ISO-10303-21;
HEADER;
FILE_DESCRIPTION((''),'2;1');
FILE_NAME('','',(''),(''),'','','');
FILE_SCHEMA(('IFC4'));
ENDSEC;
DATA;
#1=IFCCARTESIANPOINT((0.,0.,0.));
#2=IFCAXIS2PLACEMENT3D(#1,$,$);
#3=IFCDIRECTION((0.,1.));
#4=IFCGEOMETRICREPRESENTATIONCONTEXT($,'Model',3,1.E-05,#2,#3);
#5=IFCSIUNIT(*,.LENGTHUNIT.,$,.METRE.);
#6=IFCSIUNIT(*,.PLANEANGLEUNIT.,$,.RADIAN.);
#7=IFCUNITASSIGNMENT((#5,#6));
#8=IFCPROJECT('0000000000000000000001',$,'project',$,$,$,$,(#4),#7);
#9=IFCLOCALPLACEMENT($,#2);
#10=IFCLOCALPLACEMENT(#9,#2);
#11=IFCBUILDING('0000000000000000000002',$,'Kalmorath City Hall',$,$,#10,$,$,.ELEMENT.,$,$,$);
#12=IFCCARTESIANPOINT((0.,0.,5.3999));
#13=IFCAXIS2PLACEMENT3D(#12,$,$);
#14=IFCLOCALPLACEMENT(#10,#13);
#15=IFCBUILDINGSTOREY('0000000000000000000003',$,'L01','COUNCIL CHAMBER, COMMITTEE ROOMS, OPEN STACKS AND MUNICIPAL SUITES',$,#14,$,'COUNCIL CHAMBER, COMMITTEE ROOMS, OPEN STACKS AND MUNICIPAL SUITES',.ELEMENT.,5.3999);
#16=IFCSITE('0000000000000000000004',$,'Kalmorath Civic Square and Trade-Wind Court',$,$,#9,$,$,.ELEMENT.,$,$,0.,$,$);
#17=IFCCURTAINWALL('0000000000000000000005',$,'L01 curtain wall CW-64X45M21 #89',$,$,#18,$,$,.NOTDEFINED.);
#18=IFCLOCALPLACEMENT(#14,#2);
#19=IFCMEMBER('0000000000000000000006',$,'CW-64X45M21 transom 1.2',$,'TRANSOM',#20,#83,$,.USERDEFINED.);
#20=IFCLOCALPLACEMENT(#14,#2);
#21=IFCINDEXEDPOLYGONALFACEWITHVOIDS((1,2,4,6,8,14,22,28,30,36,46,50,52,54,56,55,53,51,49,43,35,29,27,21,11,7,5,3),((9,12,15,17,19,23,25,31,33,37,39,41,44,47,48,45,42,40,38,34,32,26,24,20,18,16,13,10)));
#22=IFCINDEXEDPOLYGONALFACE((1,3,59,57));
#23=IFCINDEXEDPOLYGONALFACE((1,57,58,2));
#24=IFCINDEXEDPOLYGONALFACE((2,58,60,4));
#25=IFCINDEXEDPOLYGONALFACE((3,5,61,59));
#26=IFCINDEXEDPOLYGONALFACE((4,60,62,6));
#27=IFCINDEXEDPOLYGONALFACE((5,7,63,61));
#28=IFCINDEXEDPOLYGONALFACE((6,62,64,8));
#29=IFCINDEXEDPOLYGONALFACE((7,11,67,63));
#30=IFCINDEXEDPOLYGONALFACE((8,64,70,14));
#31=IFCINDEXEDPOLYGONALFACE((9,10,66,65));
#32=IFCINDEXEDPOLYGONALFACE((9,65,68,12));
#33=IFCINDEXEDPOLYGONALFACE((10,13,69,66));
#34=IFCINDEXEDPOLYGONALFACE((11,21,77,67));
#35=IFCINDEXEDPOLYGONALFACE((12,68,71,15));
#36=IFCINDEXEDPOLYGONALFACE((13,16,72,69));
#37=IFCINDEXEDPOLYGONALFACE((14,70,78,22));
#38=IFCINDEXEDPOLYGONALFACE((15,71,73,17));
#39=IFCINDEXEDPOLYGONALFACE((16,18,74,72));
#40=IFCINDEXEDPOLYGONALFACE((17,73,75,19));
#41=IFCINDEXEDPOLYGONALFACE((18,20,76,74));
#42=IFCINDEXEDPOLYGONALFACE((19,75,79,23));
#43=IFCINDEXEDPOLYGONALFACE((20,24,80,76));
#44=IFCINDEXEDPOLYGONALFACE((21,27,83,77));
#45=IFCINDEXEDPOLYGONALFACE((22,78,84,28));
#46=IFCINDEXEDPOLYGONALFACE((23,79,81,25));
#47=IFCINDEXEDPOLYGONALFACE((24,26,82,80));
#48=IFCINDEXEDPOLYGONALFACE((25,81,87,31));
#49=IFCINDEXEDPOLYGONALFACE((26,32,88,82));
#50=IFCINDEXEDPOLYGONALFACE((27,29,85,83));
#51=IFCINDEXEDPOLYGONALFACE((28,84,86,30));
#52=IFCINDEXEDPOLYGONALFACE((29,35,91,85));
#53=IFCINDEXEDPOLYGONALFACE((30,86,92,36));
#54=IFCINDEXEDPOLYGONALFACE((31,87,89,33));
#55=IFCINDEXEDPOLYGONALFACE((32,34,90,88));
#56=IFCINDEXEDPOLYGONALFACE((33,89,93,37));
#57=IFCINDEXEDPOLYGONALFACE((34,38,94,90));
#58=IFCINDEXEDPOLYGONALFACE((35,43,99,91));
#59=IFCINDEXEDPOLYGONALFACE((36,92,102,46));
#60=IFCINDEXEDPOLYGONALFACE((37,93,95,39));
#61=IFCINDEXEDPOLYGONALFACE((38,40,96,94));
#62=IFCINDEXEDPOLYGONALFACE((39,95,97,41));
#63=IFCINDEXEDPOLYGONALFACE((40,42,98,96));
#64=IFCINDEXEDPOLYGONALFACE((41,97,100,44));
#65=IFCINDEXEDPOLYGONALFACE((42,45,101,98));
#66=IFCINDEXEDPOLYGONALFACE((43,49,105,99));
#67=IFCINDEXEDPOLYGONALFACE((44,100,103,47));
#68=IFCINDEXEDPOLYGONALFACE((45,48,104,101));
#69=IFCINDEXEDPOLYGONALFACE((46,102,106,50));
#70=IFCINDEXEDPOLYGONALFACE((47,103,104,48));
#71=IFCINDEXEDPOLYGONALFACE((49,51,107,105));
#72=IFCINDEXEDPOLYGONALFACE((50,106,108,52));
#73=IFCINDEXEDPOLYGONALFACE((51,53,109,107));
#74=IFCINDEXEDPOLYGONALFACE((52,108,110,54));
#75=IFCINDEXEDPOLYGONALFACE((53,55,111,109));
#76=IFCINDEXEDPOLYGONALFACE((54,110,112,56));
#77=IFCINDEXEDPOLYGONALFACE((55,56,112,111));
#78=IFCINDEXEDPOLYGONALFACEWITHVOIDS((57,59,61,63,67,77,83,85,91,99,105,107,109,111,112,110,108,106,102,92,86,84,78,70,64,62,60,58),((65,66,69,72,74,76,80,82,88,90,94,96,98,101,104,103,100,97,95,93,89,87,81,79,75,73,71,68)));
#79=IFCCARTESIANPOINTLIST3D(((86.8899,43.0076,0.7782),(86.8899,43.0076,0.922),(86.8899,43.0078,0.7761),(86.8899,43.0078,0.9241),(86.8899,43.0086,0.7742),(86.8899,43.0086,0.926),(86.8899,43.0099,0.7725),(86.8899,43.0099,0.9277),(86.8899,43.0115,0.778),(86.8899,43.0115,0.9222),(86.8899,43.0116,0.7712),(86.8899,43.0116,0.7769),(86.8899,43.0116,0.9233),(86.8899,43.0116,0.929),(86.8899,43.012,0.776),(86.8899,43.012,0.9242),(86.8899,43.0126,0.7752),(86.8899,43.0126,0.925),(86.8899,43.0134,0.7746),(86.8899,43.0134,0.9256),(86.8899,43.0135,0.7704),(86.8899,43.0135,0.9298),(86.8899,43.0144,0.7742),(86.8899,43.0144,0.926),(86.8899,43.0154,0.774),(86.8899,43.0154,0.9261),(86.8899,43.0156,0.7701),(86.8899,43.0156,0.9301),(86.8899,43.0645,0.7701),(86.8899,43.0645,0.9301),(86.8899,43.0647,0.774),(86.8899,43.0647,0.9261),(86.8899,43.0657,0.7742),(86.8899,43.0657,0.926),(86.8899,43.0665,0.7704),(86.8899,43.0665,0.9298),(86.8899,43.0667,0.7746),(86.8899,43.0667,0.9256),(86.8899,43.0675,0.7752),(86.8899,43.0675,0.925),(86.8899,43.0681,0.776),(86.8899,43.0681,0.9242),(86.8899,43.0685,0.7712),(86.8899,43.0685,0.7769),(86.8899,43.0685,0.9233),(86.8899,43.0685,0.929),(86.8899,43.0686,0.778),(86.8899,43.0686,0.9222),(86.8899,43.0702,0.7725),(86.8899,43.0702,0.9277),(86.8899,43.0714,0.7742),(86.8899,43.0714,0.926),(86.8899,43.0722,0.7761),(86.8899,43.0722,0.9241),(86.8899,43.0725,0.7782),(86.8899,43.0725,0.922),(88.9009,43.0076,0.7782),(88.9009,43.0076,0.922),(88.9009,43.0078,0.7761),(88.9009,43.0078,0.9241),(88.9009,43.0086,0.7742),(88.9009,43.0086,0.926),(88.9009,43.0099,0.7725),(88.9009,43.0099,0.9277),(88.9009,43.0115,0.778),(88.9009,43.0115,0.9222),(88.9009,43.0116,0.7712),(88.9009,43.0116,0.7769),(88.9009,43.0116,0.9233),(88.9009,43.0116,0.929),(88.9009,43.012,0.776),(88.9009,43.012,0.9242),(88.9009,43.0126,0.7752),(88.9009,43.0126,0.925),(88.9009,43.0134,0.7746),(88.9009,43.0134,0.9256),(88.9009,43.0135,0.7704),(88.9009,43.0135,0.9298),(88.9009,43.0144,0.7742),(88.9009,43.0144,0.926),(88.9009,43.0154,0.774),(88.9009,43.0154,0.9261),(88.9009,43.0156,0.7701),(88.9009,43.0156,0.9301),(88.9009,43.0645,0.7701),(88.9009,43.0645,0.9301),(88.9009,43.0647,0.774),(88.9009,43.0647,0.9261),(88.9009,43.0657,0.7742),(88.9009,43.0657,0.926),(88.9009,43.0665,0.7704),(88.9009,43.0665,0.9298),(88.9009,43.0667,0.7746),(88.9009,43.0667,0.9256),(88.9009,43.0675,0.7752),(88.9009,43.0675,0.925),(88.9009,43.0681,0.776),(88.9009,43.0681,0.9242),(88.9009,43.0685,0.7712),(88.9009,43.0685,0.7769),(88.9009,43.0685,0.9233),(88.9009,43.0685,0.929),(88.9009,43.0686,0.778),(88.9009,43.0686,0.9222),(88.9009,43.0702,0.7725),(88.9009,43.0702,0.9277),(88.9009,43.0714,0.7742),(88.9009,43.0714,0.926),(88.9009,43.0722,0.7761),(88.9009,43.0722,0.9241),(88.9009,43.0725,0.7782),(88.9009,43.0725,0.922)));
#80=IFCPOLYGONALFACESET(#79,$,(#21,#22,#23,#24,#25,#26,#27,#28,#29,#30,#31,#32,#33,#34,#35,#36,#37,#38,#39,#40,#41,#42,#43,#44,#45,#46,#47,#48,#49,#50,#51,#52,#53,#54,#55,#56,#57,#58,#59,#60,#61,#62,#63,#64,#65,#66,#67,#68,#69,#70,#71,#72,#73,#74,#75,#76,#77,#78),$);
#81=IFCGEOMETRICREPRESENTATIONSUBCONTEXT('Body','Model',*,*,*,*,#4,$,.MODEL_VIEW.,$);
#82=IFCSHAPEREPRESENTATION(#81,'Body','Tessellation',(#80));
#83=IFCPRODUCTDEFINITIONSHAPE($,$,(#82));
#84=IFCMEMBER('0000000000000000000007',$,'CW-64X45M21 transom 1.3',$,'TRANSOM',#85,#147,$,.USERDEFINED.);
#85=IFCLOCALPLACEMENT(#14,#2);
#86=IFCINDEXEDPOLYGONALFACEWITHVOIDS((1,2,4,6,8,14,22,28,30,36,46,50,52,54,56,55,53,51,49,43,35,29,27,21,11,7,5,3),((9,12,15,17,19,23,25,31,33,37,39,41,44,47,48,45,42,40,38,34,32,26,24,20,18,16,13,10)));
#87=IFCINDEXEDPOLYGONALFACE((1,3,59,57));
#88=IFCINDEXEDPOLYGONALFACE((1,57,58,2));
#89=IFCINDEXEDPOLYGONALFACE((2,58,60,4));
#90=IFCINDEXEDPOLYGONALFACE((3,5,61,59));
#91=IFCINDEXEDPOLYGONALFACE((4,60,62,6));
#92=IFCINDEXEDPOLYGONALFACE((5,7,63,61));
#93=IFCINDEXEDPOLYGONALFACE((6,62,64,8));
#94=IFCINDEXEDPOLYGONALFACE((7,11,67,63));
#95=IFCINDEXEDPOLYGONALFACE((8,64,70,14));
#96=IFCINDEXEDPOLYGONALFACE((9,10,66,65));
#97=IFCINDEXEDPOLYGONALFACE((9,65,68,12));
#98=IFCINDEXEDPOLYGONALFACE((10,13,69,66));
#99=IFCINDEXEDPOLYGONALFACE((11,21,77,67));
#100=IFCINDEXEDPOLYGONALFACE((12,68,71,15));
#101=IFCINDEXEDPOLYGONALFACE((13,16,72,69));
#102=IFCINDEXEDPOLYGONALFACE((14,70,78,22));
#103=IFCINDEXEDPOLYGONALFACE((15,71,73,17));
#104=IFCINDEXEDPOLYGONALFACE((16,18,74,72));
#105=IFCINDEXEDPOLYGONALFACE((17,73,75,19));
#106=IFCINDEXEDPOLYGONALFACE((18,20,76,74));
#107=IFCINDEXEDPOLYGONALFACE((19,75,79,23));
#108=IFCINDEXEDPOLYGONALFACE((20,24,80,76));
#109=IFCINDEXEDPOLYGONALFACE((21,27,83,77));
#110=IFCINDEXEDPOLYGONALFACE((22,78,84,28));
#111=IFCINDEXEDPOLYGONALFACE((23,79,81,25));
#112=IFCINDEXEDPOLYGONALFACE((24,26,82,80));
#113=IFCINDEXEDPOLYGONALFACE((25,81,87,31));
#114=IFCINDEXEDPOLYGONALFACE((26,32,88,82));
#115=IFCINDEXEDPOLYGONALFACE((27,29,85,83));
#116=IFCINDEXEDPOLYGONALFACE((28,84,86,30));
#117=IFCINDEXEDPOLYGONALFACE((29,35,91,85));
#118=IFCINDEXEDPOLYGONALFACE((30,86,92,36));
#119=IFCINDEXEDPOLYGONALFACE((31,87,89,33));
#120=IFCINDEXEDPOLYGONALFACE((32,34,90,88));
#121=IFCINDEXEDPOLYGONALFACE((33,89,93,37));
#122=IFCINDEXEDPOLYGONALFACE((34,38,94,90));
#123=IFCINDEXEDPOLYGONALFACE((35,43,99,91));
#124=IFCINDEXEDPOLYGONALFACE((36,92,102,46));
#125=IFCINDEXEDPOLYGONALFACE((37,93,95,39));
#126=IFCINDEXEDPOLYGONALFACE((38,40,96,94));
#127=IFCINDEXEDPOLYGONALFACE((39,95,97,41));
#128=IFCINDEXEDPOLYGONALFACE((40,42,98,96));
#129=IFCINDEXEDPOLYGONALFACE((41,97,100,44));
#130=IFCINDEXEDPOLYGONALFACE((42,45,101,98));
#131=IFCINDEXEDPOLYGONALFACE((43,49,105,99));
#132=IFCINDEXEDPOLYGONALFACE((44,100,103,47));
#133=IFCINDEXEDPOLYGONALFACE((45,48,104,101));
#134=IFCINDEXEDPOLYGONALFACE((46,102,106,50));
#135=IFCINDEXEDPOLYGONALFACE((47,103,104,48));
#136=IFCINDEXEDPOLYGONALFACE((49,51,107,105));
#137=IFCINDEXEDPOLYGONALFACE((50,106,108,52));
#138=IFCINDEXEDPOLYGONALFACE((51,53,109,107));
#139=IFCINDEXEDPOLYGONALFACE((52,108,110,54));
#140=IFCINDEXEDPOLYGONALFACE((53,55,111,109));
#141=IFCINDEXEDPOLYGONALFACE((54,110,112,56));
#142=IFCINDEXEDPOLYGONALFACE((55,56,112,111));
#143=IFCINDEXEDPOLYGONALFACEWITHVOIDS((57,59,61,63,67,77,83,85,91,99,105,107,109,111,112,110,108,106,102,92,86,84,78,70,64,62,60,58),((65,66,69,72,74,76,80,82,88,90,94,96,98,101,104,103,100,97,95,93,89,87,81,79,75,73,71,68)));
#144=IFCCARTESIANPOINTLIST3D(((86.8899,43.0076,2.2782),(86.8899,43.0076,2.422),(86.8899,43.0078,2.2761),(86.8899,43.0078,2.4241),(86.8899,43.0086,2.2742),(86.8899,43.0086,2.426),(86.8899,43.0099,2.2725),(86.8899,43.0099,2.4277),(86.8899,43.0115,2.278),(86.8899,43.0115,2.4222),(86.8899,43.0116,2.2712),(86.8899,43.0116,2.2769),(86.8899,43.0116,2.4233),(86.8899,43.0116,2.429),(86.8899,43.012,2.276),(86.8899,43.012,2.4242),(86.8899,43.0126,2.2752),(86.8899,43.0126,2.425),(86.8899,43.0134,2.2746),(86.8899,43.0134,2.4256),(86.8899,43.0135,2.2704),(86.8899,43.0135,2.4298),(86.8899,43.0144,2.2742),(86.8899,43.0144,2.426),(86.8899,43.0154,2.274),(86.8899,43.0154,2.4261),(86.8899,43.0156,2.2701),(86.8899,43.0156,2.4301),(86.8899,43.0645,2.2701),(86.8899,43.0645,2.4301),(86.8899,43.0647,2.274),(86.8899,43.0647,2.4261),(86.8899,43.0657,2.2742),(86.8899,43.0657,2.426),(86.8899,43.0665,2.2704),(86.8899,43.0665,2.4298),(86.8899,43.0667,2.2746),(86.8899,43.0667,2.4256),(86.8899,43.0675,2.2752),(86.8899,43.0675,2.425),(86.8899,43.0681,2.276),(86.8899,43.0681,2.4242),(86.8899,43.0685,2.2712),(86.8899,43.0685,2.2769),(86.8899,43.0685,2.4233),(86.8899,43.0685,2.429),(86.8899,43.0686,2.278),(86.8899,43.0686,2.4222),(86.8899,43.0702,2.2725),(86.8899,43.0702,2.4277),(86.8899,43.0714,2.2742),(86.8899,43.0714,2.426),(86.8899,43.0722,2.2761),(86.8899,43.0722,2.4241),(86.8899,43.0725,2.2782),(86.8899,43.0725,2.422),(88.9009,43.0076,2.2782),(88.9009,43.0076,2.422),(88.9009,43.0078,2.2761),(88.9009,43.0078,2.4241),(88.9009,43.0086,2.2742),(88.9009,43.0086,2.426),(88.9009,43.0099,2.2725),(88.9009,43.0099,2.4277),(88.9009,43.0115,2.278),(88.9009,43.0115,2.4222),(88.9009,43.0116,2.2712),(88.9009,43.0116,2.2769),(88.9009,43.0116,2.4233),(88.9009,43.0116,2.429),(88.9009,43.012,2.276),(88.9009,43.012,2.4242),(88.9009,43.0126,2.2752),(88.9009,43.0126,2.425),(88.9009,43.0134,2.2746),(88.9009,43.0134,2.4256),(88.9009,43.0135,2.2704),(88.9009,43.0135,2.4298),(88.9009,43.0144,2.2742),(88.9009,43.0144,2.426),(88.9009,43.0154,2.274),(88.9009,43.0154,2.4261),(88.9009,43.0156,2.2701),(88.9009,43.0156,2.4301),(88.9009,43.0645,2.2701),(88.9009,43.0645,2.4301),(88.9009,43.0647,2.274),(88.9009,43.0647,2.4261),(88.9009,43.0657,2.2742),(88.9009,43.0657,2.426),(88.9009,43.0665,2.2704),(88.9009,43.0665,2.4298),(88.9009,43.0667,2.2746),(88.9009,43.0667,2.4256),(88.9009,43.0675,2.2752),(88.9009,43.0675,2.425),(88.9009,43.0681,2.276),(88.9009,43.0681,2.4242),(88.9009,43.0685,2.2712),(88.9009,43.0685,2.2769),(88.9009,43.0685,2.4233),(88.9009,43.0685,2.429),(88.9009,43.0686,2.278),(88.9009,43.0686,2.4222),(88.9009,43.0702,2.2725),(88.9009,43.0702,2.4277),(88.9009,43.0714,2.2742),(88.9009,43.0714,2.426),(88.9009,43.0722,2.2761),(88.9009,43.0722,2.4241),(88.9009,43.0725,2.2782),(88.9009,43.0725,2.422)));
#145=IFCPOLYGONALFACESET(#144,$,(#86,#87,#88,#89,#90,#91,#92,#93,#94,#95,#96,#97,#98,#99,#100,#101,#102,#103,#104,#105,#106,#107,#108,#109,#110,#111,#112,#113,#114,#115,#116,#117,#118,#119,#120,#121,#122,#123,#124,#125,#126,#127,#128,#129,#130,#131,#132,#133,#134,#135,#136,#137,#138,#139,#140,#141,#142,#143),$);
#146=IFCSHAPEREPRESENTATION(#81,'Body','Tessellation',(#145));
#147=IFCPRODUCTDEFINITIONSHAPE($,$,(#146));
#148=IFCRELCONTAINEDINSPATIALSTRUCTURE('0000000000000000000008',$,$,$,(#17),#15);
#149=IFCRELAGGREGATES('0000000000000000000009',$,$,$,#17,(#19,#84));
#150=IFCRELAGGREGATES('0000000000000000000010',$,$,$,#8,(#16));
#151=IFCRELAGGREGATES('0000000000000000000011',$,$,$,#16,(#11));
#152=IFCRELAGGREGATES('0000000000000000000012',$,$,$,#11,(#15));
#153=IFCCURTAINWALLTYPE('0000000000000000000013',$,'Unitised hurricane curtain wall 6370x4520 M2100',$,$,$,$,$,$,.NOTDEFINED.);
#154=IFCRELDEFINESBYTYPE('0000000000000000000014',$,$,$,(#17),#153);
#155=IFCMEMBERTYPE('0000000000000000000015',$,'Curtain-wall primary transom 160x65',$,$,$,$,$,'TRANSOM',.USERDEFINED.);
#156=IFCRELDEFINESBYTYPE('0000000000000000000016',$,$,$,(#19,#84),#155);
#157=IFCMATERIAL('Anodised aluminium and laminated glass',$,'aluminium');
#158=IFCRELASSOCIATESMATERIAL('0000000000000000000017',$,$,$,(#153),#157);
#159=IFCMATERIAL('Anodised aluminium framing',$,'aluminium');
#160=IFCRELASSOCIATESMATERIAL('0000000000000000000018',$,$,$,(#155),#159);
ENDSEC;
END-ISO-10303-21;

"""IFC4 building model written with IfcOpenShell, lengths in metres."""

from ifc_helpers import new_model, si_unit, direction, frame, origin, origin_2d, place, context, subcontext, project, spatial, hollow_rectangle, extrude, material, material_profile, profile_set, type_object, element, aggregate, save


model = new_model("IFC4")

# Units and contexts
model_context = context("Model", 3, precision=1e-05, world=origin(), true_north=direction((0.0, 1.0)))
body_context = subcontext(model_context, "Body", "Model", "MODEL_VIEW")
ifc_project = project(units=[si_unit("LENGTHUNIT", "METRE"), si_unit("PLANEANGLEUNIT", "RADIAN")], contexts=[model_context])

# Site, building, storey
site_placement = place(None, origin())
site = spatial("IfcSite", under=ifc_project, at=site_placement, Name="Kalmorath Civic Square and Trade-Wind Court", CompositionType="ELEMENT", RefElevation=0.0)
building_placement = place(site_placement, origin())
building = spatial("IfcBuilding", under=site, at=building_placement, Name="Kalmorath City Hall", CompositionType="ELEMENT")
storey_placement = place(building_placement, frame((0.0, 0.0, 5.3999)))
storey = spatial("IfcBuildingStorey", under=building, at=storey_placement, Name="L01", Description="COUNCIL CHAMBER, COMMITTEE ROOMS, OPEN STACKS AND MUNICIPAL SUITES", LongName="COUNCIL CHAMBER, COMMITTEE ROOMS, OPEN STACKS AND MUNICIPAL SUITES", CompositionType="ELEMENT", Elevation=5.3999)

# Curtain wall, members
ifc_material_1 = material(Name="Anodised aluminium and laminated glass", Category="aluminium")
curtain_wall_type = type_object("IfcCurtainWallType", Name="Unitised hurricane curtain wall 6370x4520 M2100", PredefinedType="NOTDEFINED", material=ifc_material_1)
curtain_wall_placement = place(storey_placement, origin())
curtain_wall = element("IfcCurtainWall", 1, at=curtain_wall_placement, inside=storey, type_object=curtain_wall_type, Name="L01 curtain wall CW-64X45M21 #89", PredefinedType="NOTDEFINED")
ifc_material_2 = material(Name="Anodised aluminium framing", Category="aluminium")
ifc_material_profile_1 = material_profile(ifc_material_2, hollow_rectangle(XDim=0.0649, YDim=0.1599, WallThickness=0.0039, InnerFilletRadius=0.0039, OuterFilletRadius=0.0081, at=origin_2d()), Name="ALU-TRN-160X65X4")
ifc_profile_set_1 = profile_set([ifc_material_profile_1], Name="Anodised aluminium framing")
member_type_1 = type_object("IfcMemberType", Name="Curtain-wall primary transom 160x65", ElementType="TRANSOM", PredefinedType="USERDEFINED", material=ifc_profile_set_1)
member_1_placement = place(storey_placement, frame((86.8899, 43.04, 0.8501), z_axis=(1.0, 0.0, 0.0), x_axis=(0.0, 1.0, 0.0)))
member_1 = element("IfcMember", 2, at=member_1_placement, type_object=member_type_1, Name="CW-64X45M21 transom 1.2", ObjectType="TRANSOM", PredefinedType="USERDEFINED", context=body_context, shape_type="SweptSolid", body=[
    extrude(hollow_rectangle(XDim=0.0649, YDim=0.1599, WallThickness=0.0039, InnerFilletRadius=0.0039, OuterFilletRadius=0.0081, at=origin_2d()), origin(), (0.0, 0.0, 1.0), 2.011),
])
member_2_placement = place(storey_placement, frame((86.8899, 43.04, 2.3501), z_axis=(1.0, 0.0, 0.0), x_axis=(0.0, 1.0, 0.0)))
member_2 = element("IfcMember", 3, at=member_2_placement, type_object=member_type_1, Name="CW-64X45M21 transom 1.3", ObjectType="TRANSOM", PredefinedType="USERDEFINED", context=body_context, shape_type="SweptSolid", body=[
    extrude(hollow_rectangle(XDim=0.0649, YDim=0.1599, WallThickness=0.0039, InnerFilletRadius=0.0039, OuterFilletRadius=0.0081, at=origin_2d()), origin(), (0.0, 0.0, 1.0), 2.011),
])

aggregate(curtain_wall, [member_1, member_2])

save(model, "model.ifc")
